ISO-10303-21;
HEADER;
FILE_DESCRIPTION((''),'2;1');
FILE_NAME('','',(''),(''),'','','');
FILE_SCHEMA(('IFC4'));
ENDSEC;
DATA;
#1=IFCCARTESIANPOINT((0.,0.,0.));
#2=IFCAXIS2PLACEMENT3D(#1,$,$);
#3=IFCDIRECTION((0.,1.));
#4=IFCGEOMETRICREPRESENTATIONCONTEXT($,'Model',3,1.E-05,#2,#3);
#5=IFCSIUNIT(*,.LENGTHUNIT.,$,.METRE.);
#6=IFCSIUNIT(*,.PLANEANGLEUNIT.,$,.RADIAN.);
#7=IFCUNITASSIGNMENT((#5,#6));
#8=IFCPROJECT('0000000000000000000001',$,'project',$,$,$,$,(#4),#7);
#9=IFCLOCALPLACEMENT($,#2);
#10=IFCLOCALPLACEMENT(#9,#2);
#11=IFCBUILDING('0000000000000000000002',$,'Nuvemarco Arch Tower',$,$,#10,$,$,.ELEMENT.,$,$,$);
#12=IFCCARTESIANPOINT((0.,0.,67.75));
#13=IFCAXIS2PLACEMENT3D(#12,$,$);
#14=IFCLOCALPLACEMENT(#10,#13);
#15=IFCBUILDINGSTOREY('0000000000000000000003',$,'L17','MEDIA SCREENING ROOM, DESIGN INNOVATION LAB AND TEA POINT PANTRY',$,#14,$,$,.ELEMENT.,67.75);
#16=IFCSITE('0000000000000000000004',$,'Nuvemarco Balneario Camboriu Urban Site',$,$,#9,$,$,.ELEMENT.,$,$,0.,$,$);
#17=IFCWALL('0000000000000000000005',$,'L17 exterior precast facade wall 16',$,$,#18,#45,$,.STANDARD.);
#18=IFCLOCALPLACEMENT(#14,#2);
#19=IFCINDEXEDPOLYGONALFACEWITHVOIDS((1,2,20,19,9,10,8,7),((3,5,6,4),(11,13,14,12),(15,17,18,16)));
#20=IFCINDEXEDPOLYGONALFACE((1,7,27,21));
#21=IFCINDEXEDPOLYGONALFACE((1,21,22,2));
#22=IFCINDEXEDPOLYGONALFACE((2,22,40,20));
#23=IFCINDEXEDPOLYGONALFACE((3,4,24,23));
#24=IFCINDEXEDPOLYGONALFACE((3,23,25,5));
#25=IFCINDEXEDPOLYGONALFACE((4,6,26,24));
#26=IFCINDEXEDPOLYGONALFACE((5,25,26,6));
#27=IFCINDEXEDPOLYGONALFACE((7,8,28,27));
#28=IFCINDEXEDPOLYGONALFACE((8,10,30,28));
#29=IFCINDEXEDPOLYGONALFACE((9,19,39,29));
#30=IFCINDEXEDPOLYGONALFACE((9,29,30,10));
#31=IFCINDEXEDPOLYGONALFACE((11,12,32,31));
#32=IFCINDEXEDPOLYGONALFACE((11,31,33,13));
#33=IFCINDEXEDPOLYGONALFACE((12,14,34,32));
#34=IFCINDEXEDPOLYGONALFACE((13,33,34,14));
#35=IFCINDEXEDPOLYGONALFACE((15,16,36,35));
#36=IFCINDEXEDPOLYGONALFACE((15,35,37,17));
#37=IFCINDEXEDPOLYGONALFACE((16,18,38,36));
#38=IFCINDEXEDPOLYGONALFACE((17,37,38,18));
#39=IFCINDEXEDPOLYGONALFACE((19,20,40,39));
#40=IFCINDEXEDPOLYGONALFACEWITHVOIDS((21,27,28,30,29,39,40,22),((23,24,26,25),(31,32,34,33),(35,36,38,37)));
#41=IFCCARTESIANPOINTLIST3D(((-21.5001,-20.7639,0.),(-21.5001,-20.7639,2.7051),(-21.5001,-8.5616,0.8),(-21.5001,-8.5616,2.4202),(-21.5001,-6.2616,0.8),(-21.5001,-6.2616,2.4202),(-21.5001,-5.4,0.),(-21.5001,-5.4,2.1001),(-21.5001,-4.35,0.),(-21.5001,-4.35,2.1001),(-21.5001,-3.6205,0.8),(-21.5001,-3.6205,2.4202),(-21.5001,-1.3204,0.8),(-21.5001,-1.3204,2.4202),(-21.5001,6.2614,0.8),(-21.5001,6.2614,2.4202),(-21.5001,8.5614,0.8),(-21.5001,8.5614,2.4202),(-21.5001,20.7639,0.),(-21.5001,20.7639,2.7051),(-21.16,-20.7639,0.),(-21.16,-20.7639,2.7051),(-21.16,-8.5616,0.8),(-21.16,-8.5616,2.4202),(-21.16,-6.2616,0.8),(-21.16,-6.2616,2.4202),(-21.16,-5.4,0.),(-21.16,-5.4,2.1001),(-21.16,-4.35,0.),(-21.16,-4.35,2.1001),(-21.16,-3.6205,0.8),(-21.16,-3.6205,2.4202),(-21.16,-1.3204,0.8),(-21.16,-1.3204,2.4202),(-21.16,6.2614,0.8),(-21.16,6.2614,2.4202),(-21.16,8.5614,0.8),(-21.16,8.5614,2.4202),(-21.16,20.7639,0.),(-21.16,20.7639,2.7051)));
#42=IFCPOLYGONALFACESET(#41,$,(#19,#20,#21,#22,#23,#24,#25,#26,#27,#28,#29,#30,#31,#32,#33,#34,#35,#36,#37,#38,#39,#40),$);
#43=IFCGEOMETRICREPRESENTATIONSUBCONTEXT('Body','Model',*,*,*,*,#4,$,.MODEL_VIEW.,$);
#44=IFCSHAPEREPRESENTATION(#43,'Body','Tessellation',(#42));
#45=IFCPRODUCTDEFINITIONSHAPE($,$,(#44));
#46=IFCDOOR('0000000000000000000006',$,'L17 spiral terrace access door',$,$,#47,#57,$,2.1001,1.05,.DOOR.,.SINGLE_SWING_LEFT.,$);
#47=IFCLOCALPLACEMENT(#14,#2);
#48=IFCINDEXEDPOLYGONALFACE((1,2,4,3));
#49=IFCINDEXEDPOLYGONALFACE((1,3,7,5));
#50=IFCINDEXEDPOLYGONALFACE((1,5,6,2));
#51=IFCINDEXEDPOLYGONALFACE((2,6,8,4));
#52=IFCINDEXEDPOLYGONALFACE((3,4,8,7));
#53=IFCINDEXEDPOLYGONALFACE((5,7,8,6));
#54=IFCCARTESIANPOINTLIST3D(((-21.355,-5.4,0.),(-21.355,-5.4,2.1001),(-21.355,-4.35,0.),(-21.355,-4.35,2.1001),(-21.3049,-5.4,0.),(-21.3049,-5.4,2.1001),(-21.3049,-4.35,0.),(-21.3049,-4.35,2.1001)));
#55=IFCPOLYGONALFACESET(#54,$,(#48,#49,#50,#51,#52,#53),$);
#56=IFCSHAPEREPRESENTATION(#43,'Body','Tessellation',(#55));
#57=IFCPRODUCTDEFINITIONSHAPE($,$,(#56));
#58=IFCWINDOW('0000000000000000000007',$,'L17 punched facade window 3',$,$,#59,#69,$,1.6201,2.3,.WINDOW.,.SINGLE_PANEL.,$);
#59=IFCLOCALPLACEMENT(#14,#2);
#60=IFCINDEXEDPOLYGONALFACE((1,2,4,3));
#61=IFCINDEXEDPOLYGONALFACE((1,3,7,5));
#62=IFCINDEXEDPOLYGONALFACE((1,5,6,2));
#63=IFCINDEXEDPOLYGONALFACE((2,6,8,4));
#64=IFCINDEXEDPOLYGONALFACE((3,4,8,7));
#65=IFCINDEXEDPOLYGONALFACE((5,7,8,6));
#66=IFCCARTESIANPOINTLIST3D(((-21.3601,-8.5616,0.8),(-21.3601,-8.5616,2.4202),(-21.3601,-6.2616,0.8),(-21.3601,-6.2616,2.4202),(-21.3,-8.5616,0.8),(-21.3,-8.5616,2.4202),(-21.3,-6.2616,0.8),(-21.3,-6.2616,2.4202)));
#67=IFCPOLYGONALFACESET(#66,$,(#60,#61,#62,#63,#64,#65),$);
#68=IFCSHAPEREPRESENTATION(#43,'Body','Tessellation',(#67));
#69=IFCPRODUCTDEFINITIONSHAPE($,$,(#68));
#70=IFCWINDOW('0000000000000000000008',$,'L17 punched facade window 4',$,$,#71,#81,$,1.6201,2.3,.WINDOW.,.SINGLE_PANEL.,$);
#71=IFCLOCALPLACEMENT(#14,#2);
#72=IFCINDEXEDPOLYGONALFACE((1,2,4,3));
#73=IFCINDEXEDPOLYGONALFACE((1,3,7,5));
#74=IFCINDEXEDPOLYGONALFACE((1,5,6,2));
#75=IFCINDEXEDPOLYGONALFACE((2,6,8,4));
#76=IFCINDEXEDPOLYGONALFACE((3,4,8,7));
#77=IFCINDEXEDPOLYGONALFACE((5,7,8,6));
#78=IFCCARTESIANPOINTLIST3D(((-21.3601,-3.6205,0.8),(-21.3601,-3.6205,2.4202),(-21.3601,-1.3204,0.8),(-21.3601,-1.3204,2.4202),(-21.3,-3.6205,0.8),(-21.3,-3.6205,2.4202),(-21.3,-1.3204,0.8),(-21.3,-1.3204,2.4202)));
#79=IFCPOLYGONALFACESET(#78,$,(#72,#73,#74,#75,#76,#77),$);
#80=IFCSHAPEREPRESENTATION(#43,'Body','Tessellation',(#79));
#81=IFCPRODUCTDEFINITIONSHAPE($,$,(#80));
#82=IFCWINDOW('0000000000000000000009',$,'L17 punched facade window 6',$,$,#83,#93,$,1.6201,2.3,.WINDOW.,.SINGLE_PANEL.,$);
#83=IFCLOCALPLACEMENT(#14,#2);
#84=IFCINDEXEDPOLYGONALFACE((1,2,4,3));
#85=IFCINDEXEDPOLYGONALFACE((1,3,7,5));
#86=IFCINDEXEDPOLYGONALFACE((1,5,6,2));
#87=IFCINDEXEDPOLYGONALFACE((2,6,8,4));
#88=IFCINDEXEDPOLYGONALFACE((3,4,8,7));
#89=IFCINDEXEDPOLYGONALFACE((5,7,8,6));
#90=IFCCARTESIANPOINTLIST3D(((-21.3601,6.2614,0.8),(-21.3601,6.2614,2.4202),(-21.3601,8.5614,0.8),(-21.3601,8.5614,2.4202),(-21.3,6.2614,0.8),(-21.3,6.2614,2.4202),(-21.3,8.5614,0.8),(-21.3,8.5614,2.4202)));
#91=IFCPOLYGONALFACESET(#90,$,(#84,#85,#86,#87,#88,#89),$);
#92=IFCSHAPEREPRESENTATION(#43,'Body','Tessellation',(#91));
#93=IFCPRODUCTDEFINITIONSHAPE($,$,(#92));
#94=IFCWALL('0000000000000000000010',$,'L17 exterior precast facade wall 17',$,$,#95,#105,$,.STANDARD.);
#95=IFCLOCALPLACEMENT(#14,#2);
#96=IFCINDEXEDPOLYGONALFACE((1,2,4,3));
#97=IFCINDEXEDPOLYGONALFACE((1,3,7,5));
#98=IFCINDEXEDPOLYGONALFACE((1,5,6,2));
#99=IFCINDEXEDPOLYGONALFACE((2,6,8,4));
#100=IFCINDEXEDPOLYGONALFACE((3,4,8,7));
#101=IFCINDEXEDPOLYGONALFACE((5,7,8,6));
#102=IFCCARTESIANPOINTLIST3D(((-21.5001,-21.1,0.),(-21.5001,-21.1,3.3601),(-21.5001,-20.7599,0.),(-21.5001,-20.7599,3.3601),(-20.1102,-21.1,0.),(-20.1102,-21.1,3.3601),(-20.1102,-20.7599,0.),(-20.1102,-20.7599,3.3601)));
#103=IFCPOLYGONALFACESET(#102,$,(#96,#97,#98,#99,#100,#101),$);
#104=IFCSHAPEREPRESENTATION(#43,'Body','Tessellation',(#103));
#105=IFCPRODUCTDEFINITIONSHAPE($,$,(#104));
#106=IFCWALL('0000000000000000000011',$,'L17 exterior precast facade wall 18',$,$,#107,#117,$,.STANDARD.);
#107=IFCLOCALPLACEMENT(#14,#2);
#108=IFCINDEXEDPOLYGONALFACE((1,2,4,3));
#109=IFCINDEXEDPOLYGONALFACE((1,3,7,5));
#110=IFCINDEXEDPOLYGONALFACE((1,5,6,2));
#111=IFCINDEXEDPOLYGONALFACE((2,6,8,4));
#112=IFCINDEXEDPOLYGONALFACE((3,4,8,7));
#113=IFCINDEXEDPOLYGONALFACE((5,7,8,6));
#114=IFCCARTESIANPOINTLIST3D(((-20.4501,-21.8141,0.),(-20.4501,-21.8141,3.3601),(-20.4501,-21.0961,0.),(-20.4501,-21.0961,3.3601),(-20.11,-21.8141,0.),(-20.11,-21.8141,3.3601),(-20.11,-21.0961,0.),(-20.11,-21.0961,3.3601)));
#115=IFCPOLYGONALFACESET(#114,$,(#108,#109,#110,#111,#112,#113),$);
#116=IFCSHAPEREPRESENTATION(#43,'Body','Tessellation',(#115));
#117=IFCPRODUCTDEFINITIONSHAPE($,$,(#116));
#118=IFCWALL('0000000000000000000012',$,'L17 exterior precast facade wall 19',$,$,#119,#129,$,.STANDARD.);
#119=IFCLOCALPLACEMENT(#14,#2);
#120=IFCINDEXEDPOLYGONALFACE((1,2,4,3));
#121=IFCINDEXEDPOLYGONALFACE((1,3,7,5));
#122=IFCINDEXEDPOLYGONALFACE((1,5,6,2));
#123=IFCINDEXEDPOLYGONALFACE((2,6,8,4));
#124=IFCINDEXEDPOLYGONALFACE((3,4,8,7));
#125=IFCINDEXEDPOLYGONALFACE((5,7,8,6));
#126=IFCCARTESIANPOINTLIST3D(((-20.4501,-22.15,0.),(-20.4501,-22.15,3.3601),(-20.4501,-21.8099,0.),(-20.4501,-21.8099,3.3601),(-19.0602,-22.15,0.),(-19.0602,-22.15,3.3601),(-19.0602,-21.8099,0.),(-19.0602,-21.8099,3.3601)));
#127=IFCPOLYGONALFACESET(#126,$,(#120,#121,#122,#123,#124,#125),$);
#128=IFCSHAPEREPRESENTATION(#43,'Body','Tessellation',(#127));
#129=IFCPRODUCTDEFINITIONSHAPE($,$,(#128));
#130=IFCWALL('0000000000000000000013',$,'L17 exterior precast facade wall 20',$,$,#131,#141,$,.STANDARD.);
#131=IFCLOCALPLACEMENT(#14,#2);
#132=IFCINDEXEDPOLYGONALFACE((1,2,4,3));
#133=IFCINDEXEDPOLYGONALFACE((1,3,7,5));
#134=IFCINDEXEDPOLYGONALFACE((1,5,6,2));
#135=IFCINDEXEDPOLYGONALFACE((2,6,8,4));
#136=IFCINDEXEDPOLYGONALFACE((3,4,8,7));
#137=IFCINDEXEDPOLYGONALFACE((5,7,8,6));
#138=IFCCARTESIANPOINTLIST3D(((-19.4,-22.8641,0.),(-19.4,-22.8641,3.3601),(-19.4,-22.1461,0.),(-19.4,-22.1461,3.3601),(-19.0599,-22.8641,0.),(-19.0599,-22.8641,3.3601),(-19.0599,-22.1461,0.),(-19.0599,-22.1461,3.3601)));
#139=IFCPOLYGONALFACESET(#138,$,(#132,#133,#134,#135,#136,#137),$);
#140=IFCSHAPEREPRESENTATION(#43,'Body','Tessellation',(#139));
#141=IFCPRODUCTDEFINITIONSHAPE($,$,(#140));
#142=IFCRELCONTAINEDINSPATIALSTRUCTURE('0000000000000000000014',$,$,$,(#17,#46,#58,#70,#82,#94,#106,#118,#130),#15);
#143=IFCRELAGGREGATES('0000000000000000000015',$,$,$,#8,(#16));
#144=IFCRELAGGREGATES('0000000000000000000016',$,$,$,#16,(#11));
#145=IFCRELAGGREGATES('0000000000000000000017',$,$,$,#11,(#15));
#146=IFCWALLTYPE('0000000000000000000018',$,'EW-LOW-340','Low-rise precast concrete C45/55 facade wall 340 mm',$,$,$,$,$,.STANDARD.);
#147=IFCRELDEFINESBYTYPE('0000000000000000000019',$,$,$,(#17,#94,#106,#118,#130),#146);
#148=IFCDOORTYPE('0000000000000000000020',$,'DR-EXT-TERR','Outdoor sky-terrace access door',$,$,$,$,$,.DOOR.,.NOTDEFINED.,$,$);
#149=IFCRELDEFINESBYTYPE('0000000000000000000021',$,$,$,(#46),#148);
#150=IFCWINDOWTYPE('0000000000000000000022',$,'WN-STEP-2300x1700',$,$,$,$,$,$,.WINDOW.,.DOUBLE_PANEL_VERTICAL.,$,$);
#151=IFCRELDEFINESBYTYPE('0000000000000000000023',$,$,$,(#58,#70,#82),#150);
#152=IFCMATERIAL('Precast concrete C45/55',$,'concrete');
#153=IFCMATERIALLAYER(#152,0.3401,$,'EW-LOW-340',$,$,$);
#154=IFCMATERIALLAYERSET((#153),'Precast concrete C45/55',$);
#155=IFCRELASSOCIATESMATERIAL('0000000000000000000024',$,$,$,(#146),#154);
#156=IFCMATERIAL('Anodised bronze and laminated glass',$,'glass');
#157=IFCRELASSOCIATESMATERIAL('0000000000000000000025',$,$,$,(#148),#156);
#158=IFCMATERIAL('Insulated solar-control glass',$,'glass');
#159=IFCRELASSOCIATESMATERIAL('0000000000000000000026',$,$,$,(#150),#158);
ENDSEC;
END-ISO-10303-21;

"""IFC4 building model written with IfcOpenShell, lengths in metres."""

from ifc_helpers import new_model, si_unit, direction, frame, frame_2d, origin, place, context, subcontext, project, spatial, rectangle, extrude, source, transform, mapped, material, layer, layer_set, type_object, type_shapes, element, fill, save


model = new_model("IFC4")

# Units and contexts
model_context = context("Model", 3, precision=1e-05, world=origin(), true_north=direction((0.0, 1.0)))
body_context = subcontext(model_context, "Body", "Model", "MODEL_VIEW")
ifc_project = project(units=[si_unit("LENGTHUNIT", "METRE"), si_unit("PLANEANGLEUNIT", "RADIAN")], contexts=[model_context])

# Site, building, storey
site_placement = place(None, origin())
site = spatial("IfcSite", under=ifc_project, at=site_placement, Name="Nuvemarco Balneario Camboriu Urban Site", CompositionType="ELEMENT", RefElevation=0.0)
building_placement = place(site_placement, origin())
building = spatial("IfcBuilding", under=site, at=building_placement, Name="Nuvemarco Arch Tower", CompositionType="ELEMENT")
storey_placement = place(building_placement, frame((0.0, 0.0, 67.75)))
storey = spatial("IfcBuildingStorey", under=building, at=storey_placement, Name="L17", Description="MEDIA SCREENING ROOM, DESIGN INNOVATION LAB AND TEA POINT PANTRY", CompositionType="ELEMENT", Elevation=67.75)

# Shared definitions
ifc_material_1 = material(Name="Precast concrete C45/55", Category="concrete")

# Shared definitions
ifc_layer = layer(ifc_material_1, 0.3401, Name="EW-LOW-340")
ifc_layer_set = layer_set([ifc_layer], Name="Precast concrete C45/55")
wall_type = type_object("IfcWallType", Name="EW-LOW-340", Description="Low-rise precast concrete C45/55 facade wall 340 mm", PredefinedType="STANDARD", material=ifc_layer_set)
ifc_material_2 = material(Name="Insulated solar-control glass", Category="glass")

# Wall, openings, door, windows
wall_1_placement = place(storey_placement, frame((-21.3301, -20.7639, 0.0), z_axis=(0.0, 0.0, 1.0), x_axis=(0.0, 1.0, 0.0)))
wall_1 = element("IfcWall", 1, at=wall_1_placement, inside=storey, type_object=wall_type, Name="L17 exterior precast facade wall 16", PredefinedType="STANDARD", context=body_context, shape_type="SweptSolid", body=[
    extrude(rectangle(XDim=41.5278, YDim=0.3401, at=frame_2d((20.7639, 0.0))), origin(), (0.0, 0.0, 1.0), 2.7051),
])
opening_1_placement = place(wall_1_placement, frame((15.364, 0.0, 0.0)))
opening_1 = element("IfcOpeningElement", 2, at=opening_1_placement, cuts=wall_1, PredefinedType="OPENING", context=body_context, shape_type="SweptSolid", body=[
    extrude(rectangle(XDim=1.05, YDim=2.1001, at=frame_2d((0.5249, 1.05))), frame((0.0, 0.1799, 0.0), z_axis=(0.0, -1.0, 0.0), x_axis=(1.0, 0.0, 0.0)), (0.0, 0.0, 1.0), 0.3601),
])
opening_2_placement = place(wall_1_placement, frame((12.2024, 0.0, 0.8)))
opening_2 = element("IfcOpeningElement", 3, at=opening_2_placement, cuts=wall_1, PredefinedType="OPENING", context=body_context, shape_type="SweptSolid", body=[
    extrude(rectangle(XDim=2.3, YDim=1.6201, at=frame_2d((1.1499, 0.8101))), frame((0.0, 0.1799, 0.0), z_axis=(0.0, -1.0, 0.0), x_axis=(1.0, 0.0, 0.0)), (0.0, 0.0, 1.0), 0.3601),
])
opening_3_placement = place(wall_1_placement, frame((17.1436, 0.0, 0.8)))
opening_3 = element("IfcOpeningElement", 4, at=opening_3_placement, cuts=wall_1, PredefinedType="OPENING", context=body_context, shape_type="SweptSolid", body=[
    extrude(rectangle(XDim=2.3, YDim=1.6201, at=frame_2d((1.1499, 0.8101))), frame((0.0, 0.1799, 0.0), z_axis=(0.0, -1.0, 0.0), x_axis=(1.0, 0.0, 0.0)), (0.0, 0.0, 1.0), 0.3601),
])
opening_4_placement = place(wall_1_placement, frame((27.0254, 0.0, 0.8)))
opening_4 = element("IfcOpeningElement", 5, at=opening_4_placement, cuts=wall_1, PredefinedType="OPENING", context=body_context, shape_type="SweptSolid", body=[
    extrude(rectangle(XDim=2.3, YDim=1.6201, at=frame_2d((1.1499, 0.8101))), frame((0.0, 0.1799, 0.0), z_axis=(0.0, -1.0, 0.0), x_axis=(1.0, 0.0, 0.0)), (0.0, 0.0, 1.0), 0.3601),
])
ifc_material_3 = material(Name="Anodised bronze and laminated glass", Category="glass")
door_type = type_object("IfcDoorType", Name="DR-EXT-TERR", Description="Outdoor sky-terrace access door", OperationType="NOTDEFINED", PredefinedType="DOOR", material=ifc_material_3)
shared_shape_1 = source(origin(), body_context, "Body", "SweptSolid", [
    extrude(rectangle(XDim=1.05, YDim=2.1001, at=frame_2d((0.5249, 1.05))), frame((0.0, 0.0249, 0.0), z_axis=(0.0, -1.0, 0.0), x_axis=(1.0, 0.0, 0.0)), (0.0, 0.0, 1.0), 0.05),
])
type_shapes(door_type, [shared_shape_1])
door_placement = place(opening_1_placement, origin())
door = element("IfcDoor", 6, at=door_placement, inside=storey, type_object=door_type, Name="L17 spiral terrace access door", OperationType="SINGLE_SWING_LEFT", OverallHeight=2.1001, OverallWidth=1.05, PredefinedType="DOOR", context=body_context, shape_type="MappedRepresentation", body=[
    mapped(shared_shape_1, transform((0.0, 0.0, 0.0), scale=1.0)),
])
fill(opening_1, door)
window_type_1 = type_object("IfcWindowType", Name="WN-STEP-2300x1700", PartitioningType="DOUBLE_PANEL_VERTICAL", PredefinedType="WINDOW", material=ifc_material_2)
shared_shape_2 = source(origin(), body_context, "Body", "SweptSolid", [
    extrude(rectangle(XDim=2.3, YDim=1.6201, at=frame_2d((1.1499, 0.8101))), frame((0.0, 0.03, 0.0), z_axis=(0.0, -1.0, 0.0), x_axis=(1.0, 0.0, 0.0)), (0.0, 0.0, 1.0), 0.0601),
])
type_shapes(window_type_1, [shared_shape_2])
window_1_placement = place(opening_2_placement, origin())
window_1 = element("IfcWindow", 7, at=window_1_placement, inside=storey, type_object=window_type_1, Name="L17 punched facade window 3", OverallHeight=1.6201, OverallWidth=2.3, PartitioningType="SINGLE_PANEL", PredefinedType="WINDOW", context=body_context, shape_type="MappedRepresentation", body=[
    mapped(shared_shape_2, transform((0.0, 0.0, 0.0), scale=1.0)),
])
fill(opening_2, window_1)
window_2_placement = place(opening_3_placement, origin())
window_2 = element("IfcWindow", 8, at=window_2_placement, inside=storey, type_object=window_type_1, Name="L17 punched facade window 4", OverallHeight=1.6201, OverallWidth=2.3, PartitioningType="SINGLE_PANEL", PredefinedType="WINDOW", context=body_context, shape_type="MappedRepresentation", body=[
    mapped(shared_shape_2, transform((0.0, 0.0, 0.0), scale=1.0)),
])
fill(opening_3, window_2)
window_3_placement = place(opening_4_placement, origin())
window_3 = element("IfcWindow", 9, at=window_3_placement, inside=storey, type_object=window_type_1, Name="L17 punched facade window 6", OverallHeight=1.6201, OverallWidth=2.3, PartitioningType="SINGLE_PANEL", PredefinedType="WINDOW", context=body_context, shape_type="MappedRepresentation", body=[
    mapped(shared_shape_2, transform((0.0, 0.0, 0.0), scale=1.0)),
])
fill(opening_4, window_3)

# Walls
wall_2_placement = place(storey_placement, frame((-21.5, -20.9299, 0.0), z_axis=(0.0, 0.0, 1.0), x_axis=(1.0, 0.0, 0.0)))
element("IfcWall", 10, at=wall_2_placement, inside=storey, type_object=wall_type, Name="L17 exterior precast facade wall 17", PredefinedType="STANDARD", context=body_context, shape_type="SweptSolid", body=[
    extrude(rectangle(XDim=1.3899, YDim=0.3401, at=frame_2d((0.6948, 0.0))), origin(), (0.0, 0.0, 1.0), 3.3601),
])
wall_3_placement = place(storey_placement, frame((-20.28, -21.814, 0.0), z_axis=(0.0, 0.0, 1.0), x_axis=(0.0, 1.0, 0.0)))
element("IfcWall", 11, at=wall_3_placement, inside=storey, type_object=wall_type, Name="L17 exterior precast facade wall 18", PredefinedType="STANDARD", context=body_context, shape_type="SweptSolid", body=[
    extrude(rectangle(XDim=0.718, YDim=0.3401, at=frame_2d((0.3589, 0.0))), origin(), (0.0, 0.0, 1.0), 3.3601),
])
wall_4_placement = place(storey_placement, frame((-20.45, -21.98, 0.0), z_axis=(0.0, 0.0, 1.0), x_axis=(1.0, 0.0, 0.0)))
element("IfcWall", 12, at=wall_4_placement, inside=storey, type_object=wall_type, Name="L17 exterior precast facade wall 19", PredefinedType="STANDARD", context=body_context, shape_type="SweptSolid", body=[
    extrude(rectangle(XDim=1.3899, YDim=0.3401, at=frame_2d((0.6948, 0.0))), origin(), (0.0, 0.0, 1.0), 3.3601),
])
wall_5_placement = place(storey_placement, frame((-19.23, -22.864, 0.0), z_axis=(0.0, 0.0, 1.0), x_axis=(0.0, 1.0, 0.0)))
element("IfcWall", 13, at=wall_5_placement, inside=storey, type_object=wall_type, Name="L17 exterior precast facade wall 20", PredefinedType="STANDARD", context=body_context, shape_type="SweptSolid", body=[
    extrude(rectangle(XDim=0.718, YDim=0.3401, at=frame_2d((0.3589, 0.0))), origin(), (0.0, 0.0, 1.0), 3.3601),
])

save(model, "model.ifc")
